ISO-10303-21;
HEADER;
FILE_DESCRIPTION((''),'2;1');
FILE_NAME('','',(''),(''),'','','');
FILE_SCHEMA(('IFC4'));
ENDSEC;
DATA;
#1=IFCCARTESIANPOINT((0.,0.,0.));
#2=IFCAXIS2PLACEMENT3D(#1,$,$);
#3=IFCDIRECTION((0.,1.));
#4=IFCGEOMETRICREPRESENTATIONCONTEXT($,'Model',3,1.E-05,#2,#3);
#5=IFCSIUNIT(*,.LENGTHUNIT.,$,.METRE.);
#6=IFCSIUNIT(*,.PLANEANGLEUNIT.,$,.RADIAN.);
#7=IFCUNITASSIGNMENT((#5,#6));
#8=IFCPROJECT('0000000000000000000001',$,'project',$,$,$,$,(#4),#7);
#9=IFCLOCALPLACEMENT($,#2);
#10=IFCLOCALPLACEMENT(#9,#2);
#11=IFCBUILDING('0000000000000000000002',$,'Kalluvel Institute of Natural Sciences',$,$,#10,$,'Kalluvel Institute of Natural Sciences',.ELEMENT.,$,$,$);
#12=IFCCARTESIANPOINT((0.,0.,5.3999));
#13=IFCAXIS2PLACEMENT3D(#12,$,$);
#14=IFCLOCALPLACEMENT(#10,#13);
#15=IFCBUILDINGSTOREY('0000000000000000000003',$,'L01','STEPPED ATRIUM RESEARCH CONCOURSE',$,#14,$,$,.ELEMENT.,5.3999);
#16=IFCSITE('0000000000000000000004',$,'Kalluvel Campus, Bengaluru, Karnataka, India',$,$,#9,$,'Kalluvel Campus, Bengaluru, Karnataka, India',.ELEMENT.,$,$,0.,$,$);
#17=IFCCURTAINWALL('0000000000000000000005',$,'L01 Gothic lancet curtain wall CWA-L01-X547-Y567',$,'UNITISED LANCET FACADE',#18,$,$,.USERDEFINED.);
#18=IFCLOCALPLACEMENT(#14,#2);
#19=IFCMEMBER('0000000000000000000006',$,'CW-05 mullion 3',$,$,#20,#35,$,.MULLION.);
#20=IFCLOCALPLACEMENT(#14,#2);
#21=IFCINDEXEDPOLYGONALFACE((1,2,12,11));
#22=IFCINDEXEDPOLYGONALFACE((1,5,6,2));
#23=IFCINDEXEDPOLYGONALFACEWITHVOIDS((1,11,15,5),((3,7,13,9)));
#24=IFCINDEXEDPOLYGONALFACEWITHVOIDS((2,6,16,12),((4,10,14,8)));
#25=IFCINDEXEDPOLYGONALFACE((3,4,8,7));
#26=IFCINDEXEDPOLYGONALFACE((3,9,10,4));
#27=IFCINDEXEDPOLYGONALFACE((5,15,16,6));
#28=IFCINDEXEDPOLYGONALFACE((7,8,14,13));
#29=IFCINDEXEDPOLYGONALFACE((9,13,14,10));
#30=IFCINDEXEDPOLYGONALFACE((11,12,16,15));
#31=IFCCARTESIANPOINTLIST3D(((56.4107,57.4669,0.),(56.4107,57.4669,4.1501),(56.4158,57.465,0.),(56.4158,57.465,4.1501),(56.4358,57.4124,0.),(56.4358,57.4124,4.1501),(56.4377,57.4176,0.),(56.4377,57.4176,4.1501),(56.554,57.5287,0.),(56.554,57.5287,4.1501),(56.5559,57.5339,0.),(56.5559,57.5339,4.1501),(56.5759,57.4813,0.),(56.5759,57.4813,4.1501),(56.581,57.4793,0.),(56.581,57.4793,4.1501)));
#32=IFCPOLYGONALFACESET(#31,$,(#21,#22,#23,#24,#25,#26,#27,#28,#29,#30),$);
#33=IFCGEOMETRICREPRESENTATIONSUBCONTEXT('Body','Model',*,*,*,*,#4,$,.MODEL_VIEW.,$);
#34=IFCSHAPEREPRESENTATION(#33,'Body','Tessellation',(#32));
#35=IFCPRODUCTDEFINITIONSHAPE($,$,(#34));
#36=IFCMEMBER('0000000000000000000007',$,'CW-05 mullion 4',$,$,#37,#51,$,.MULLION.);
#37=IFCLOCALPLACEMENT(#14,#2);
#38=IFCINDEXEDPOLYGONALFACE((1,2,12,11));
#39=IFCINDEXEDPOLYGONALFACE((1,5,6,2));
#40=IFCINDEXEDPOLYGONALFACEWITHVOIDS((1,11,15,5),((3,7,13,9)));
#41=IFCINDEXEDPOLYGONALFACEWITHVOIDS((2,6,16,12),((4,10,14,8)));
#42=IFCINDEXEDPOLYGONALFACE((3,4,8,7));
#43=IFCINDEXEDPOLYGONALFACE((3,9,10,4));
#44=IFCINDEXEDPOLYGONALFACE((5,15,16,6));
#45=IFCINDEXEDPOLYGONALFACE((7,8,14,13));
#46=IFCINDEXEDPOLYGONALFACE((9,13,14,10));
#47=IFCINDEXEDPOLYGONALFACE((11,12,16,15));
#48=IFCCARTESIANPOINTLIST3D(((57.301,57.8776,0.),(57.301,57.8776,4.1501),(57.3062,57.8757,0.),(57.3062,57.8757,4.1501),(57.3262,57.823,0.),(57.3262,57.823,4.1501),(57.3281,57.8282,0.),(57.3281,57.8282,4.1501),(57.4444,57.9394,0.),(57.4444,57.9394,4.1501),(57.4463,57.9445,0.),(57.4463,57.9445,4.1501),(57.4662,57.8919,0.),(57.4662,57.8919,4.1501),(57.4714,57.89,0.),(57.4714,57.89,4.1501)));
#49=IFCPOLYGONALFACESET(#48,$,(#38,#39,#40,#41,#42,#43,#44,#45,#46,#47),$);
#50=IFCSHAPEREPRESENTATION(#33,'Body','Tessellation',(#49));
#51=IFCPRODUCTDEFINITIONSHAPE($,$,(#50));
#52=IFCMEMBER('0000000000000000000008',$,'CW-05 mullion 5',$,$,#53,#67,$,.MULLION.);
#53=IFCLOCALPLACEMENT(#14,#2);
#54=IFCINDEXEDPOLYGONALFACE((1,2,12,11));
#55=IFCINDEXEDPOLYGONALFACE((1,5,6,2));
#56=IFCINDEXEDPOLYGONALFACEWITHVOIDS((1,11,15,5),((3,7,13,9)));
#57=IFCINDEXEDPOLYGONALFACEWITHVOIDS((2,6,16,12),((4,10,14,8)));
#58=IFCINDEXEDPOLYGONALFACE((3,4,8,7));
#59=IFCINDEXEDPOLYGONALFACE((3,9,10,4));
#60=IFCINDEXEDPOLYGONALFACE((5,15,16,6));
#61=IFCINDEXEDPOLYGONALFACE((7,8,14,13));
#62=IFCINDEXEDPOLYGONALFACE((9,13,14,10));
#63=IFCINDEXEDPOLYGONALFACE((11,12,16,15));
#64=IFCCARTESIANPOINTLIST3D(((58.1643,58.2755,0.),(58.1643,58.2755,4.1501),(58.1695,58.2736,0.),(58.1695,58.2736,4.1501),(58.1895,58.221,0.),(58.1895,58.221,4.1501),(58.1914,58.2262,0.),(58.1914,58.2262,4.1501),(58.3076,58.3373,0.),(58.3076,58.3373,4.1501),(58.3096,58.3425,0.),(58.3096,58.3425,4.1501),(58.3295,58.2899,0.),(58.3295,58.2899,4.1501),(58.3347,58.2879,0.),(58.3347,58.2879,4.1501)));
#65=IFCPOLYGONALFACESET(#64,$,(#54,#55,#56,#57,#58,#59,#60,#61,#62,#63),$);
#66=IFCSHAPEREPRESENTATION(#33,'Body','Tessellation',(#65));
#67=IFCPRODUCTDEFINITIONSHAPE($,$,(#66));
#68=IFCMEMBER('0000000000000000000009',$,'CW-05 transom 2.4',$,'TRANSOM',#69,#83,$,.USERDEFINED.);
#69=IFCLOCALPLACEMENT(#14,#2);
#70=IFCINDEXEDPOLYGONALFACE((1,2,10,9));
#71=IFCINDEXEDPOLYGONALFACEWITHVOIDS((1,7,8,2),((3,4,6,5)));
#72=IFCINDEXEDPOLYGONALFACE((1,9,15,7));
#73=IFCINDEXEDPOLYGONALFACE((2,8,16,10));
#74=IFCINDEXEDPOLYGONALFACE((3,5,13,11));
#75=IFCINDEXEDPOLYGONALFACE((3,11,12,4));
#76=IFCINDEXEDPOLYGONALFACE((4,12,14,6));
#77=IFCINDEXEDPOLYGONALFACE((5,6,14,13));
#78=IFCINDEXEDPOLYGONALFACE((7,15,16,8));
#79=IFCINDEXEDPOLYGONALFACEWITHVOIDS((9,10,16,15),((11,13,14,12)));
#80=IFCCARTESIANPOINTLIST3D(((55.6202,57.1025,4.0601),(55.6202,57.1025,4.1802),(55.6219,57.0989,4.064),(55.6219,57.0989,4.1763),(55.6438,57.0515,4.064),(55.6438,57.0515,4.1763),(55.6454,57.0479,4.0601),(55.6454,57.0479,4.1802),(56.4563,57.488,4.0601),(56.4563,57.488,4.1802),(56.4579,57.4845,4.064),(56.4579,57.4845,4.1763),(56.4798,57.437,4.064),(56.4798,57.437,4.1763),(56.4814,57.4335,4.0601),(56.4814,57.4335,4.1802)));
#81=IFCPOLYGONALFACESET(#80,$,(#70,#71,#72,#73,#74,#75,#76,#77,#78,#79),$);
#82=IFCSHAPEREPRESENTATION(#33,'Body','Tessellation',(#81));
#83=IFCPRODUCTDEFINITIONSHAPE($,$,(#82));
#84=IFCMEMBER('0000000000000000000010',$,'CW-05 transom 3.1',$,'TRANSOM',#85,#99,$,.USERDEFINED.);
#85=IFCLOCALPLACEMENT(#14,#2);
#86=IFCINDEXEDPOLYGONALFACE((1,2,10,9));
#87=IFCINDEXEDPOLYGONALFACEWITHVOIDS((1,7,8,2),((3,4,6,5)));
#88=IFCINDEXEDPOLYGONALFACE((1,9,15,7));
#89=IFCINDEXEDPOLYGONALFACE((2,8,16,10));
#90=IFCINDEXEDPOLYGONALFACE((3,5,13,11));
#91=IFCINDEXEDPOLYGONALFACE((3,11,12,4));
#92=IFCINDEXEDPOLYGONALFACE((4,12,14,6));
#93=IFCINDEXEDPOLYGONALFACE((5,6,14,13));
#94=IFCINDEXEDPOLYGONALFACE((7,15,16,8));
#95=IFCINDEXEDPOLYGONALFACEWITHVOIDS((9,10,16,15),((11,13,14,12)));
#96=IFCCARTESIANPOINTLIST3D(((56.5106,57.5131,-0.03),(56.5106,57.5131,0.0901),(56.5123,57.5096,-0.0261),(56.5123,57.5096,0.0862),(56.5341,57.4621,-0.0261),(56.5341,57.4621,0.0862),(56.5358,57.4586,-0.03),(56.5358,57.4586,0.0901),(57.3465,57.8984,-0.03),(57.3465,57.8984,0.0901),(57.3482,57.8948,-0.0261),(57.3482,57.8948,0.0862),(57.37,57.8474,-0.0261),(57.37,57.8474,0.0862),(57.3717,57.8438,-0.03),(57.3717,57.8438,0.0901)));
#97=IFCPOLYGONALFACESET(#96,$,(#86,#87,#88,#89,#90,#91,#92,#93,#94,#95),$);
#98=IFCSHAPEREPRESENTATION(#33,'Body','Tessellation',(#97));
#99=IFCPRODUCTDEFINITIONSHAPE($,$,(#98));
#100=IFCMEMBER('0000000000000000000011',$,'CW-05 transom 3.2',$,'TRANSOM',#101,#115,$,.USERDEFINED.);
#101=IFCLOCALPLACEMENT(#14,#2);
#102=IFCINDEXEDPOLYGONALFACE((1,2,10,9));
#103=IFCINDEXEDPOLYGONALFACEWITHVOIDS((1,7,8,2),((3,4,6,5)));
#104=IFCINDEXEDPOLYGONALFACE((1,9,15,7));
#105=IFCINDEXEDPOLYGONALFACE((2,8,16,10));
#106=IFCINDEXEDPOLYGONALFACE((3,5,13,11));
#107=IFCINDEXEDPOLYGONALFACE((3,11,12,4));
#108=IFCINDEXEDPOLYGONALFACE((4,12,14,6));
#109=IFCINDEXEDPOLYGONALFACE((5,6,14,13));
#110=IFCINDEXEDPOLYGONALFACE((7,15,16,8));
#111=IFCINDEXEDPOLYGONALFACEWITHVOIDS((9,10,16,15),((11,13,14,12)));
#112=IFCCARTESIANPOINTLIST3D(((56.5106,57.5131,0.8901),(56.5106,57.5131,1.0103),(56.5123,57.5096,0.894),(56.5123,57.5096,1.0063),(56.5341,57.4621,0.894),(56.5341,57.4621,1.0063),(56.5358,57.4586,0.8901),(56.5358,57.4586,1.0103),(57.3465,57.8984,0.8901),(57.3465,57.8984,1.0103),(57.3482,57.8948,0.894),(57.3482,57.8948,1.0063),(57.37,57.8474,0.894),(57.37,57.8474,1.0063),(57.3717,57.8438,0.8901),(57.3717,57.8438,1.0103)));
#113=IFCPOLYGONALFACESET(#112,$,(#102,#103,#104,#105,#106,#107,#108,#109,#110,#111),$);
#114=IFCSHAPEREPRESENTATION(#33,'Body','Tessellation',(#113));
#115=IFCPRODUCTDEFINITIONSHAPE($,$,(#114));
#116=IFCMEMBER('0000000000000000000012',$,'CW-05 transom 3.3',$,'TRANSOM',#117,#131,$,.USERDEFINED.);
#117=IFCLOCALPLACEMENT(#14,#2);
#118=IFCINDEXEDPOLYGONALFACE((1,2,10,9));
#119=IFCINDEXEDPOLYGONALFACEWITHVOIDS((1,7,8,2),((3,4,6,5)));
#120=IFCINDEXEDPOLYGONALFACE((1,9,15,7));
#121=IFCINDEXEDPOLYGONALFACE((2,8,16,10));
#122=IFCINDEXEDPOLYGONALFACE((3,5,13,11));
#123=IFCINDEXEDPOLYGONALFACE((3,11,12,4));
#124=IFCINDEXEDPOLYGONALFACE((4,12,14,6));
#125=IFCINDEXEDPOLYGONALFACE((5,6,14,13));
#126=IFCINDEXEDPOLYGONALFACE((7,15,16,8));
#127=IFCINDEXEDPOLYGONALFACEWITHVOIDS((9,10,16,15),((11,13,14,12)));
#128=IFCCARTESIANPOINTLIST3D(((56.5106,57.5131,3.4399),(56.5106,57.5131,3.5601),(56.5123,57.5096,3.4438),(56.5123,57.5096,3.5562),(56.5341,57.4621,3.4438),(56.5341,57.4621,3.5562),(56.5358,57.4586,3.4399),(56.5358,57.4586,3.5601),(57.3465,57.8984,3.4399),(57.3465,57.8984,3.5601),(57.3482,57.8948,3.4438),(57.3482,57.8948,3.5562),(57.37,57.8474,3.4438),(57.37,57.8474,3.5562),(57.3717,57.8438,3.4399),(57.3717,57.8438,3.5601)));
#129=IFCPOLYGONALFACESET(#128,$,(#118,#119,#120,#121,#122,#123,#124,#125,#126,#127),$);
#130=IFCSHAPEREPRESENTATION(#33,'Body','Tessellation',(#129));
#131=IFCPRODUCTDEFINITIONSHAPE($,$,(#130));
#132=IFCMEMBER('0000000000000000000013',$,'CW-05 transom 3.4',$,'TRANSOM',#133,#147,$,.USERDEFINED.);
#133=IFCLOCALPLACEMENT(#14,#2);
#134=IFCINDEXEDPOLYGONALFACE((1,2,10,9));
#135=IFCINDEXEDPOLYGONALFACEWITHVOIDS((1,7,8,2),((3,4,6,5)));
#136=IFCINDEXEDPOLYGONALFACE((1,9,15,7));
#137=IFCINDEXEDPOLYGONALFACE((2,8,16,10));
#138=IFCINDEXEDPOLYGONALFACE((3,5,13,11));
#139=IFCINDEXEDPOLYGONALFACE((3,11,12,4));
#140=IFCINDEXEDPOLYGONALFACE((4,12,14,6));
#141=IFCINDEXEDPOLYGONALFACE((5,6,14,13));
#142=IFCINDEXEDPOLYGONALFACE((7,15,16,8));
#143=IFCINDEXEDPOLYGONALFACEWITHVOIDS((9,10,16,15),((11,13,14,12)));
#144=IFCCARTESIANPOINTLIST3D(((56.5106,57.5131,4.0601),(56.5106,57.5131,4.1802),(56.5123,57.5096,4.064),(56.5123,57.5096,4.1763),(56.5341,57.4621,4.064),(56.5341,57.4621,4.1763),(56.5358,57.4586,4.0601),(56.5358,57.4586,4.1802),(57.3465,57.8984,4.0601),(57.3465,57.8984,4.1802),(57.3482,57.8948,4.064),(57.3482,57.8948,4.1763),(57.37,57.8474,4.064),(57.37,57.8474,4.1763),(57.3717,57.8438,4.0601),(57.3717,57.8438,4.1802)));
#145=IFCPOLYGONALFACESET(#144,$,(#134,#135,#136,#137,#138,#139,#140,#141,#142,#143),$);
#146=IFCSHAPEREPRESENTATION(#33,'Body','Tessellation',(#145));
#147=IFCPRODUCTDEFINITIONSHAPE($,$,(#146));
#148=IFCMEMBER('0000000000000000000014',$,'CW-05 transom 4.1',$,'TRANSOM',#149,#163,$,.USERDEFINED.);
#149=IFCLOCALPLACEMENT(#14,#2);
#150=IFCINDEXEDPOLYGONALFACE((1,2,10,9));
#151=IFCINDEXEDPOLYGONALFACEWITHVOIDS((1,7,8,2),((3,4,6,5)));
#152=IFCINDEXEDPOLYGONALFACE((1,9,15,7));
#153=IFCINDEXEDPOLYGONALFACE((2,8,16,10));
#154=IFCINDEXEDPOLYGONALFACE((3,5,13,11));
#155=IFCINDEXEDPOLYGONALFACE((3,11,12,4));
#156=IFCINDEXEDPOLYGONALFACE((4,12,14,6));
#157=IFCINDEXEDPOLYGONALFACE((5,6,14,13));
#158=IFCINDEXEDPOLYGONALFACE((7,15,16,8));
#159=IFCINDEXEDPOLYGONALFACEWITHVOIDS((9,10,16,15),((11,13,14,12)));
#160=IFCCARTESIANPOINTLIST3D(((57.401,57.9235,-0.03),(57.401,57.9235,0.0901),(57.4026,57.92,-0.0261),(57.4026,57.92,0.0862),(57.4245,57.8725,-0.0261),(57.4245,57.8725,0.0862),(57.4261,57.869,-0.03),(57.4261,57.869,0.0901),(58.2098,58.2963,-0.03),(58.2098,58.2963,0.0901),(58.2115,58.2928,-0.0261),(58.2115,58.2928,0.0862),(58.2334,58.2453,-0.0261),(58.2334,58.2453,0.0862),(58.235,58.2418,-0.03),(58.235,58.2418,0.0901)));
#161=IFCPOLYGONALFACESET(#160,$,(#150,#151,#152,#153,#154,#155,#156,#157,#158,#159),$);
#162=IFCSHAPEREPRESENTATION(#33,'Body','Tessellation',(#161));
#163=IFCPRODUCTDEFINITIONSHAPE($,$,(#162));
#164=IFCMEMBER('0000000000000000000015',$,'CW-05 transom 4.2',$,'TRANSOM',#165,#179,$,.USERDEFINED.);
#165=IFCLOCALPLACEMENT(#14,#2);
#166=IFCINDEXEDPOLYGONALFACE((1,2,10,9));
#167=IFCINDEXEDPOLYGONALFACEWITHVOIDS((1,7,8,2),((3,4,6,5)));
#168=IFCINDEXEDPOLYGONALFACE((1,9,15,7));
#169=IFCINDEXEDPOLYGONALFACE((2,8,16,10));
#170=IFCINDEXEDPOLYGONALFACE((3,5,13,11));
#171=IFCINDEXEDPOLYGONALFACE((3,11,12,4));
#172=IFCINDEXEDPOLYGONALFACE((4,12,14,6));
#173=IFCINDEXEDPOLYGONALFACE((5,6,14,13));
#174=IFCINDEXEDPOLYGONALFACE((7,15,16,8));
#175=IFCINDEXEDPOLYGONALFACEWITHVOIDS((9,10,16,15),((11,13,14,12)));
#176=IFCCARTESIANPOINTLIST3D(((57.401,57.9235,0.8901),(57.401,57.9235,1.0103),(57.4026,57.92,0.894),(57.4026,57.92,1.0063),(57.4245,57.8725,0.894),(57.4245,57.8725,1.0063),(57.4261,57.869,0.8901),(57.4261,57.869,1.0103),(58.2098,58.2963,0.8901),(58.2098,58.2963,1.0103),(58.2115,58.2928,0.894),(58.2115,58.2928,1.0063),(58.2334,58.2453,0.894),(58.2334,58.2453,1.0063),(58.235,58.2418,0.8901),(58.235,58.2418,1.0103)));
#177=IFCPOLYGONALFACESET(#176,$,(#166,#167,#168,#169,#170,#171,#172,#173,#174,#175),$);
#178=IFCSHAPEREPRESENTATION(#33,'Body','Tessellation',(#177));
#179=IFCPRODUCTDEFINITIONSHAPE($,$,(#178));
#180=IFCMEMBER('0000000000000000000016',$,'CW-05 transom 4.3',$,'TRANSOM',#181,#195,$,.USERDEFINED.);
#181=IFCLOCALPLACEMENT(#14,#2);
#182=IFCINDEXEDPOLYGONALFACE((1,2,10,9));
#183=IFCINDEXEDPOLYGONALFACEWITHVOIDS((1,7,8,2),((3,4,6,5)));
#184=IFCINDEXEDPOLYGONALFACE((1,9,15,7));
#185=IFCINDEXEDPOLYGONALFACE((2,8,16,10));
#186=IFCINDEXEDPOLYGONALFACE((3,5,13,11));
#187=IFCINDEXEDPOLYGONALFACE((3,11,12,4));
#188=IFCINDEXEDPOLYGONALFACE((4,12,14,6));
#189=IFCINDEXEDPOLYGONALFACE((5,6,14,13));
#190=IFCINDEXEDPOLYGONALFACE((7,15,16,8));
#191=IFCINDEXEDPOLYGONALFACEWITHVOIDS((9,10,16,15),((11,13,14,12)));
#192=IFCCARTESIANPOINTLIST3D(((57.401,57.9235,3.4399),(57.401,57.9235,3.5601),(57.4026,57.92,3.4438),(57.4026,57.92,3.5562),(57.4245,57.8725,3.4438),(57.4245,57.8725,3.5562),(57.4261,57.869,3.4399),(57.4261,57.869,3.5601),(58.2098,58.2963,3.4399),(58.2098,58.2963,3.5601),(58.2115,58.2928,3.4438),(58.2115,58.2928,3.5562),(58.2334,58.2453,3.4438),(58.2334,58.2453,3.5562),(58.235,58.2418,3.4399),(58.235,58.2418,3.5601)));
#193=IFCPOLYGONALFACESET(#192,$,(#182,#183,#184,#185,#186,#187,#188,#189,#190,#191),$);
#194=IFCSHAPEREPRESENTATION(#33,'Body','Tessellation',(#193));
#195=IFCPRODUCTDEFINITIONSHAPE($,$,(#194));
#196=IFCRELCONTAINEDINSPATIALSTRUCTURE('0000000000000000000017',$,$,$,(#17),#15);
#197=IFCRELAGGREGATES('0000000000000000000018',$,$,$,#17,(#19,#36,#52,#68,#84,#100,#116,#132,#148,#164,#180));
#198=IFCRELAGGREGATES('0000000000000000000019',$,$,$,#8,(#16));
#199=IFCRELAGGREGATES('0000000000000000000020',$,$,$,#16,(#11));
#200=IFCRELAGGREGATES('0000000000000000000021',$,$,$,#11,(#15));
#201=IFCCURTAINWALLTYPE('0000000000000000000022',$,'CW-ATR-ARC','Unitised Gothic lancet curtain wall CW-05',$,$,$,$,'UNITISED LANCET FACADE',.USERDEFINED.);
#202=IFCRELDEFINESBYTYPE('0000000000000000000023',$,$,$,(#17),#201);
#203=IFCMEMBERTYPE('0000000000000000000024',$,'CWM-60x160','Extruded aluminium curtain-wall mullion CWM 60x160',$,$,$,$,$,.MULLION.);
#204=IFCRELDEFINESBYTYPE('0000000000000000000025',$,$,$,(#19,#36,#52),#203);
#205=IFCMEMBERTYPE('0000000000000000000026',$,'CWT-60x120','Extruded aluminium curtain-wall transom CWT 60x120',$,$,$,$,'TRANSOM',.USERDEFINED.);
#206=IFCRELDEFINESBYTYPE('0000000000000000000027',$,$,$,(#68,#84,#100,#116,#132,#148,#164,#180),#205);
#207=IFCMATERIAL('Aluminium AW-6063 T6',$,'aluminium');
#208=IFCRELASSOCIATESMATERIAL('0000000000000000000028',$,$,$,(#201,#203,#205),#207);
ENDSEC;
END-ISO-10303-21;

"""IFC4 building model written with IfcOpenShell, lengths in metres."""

from ifc_helpers import new_model, si_unit, direction, frame, origin, origin_2d, place, context, subcontext, project, spatial, hollow_rectangle, extrude, material, material_profile, profile_set, type_object, element, aggregate, save


model = new_model("IFC4")

# Units and contexts
model_context = context("Model", 3, precision=1e-05, world=origin(), true_north=direction((0.0, 1.0)))
body_context = subcontext(model_context, "Body", "Model", "MODEL_VIEW")
ifc_project = project(units=[si_unit("LENGTHUNIT", "METRE"), si_unit("PLANEANGLEUNIT", "RADIAN")], contexts=[model_context])

# Site, building, storey
site_placement = place(None, origin())
site = spatial("IfcSite", under=ifc_project, at=site_placement, Name="Kalluvel Campus, Bengaluru, Karnataka, India", LongName="Kalluvel Campus, Bengaluru, Karnataka, India", CompositionType="ELEMENT", RefElevation=0.0)
building_placement = place(site_placement, origin())
building = spatial("IfcBuilding", under=site, at=building_placement, Name="Kalluvel Institute of Natural Sciences", LongName="Kalluvel Institute of Natural Sciences", CompositionType="ELEMENT")
storey_placement = place(building_placement, frame((0.0, 0.0, 5.3999)))
storey = spatial("IfcBuildingStorey", under=building, at=storey_placement, Name="L01", Description="STEPPED ATRIUM RESEARCH CONCOURSE", CompositionType="ELEMENT", Elevation=5.3999)

# Curtain wall, members
ifc_material_1 = material(Name="Aluminium AW-6063 T6", Category="aluminium")
curtain_wall_type = type_object("IfcCurtainWallType", Name="CW-ATR-ARC", Description="Unitised Gothic lancet curtain wall CW-05", ElementType="UNITISED LANCET FACADE", PredefinedType="USERDEFINED", material=ifc_material_1)
curtain_wall_placement = place(storey_placement, origin())
curtain_wall = element("IfcCurtainWall", 1, at=curtain_wall_placement, inside=storey, type_object=curtain_wall_type, Name="L01 Gothic lancet curtain wall CWA-L01-X547-Y567", ObjectType="UNITISED LANCET FACADE", PredefinedType="USERDEFINED")
ifc_material_profile_1 = material_profile(ifc_material_1, hollow_rectangle(XDim=0.0601, YDim=0.1599, WallThickness=0.0039, at=origin_2d()), Name="CWM 60x160")
ifc_profile_set_1 = profile_set([ifc_material_profile_1], Name="Aluminium AW-6063 T6")
member_type_1 = type_object("IfcMemberType", Name="CWM-60x160", Description="Extruded aluminium curtain-wall mullion CWM 60x160", PredefinedType="MULLION", material=ifc_profile_set_1)
member_1_placement = place(storey_placement, frame((56.4958, 57.4731, 0.0), z_axis=(0.0, 0.0, 1.0), x_axis=(-0.418657, 0.908144, 0.0)))
member_1 = element("IfcMember", 2, at=member_1_placement, type_object=member_type_1, Name="CW-05 mullion 3", PredefinedType="MULLION", context=body_context, shape_type="SweptSolid", body=[
    extrude(hollow_rectangle(XDim=0.0601, YDim=0.1599, WallThickness=0.0039, at=origin_2d()), origin(), (0.0, 0.0, 1.0), 4.1501),
])
member_2_placement = place(storey_placement, frame((57.3862, 57.8838, 0.0), z_axis=(0.0, 0.0, 1.0), x_axis=(-0.418657, 0.908144, 0.0)))
member_2 = element("IfcMember", 3, at=member_2_placement, type_object=member_type_1, Name="CW-05 mullion 4", PredefinedType="MULLION", context=body_context, shape_type="SweptSolid", body=[
    extrude(hollow_rectangle(XDim=0.0601, YDim=0.1599, WallThickness=0.0039, at=origin_2d()), origin(), (0.0, 0.0, 1.0), 4.1501),
])
member_3_placement = place(storey_placement, frame((58.2495, 58.2817, 0.0), z_axis=(0.0, 0.0, 1.0), x_axis=(-0.418657, 0.908144, 0.0)))
member_3 = element("IfcMember", 4, at=member_3_placement, type_object=member_type_1, Name="CW-05 mullion 5", PredefinedType="MULLION", context=body_context, shape_type="SweptSolid", body=[
    extrude(hollow_rectangle(XDim=0.0601, YDim=0.1599, WallThickness=0.0039, at=origin_2d()), origin(), (0.0, 0.0, 1.0), 4.1501),
])
ifc_material_profile_2 = material_profile(ifc_material_1, hollow_rectangle(XDim=0.0601, YDim=0.1201, WallThickness=0.0039, at=origin_2d()), Name="CWT 60x120")
ifc_profile_set_2 = profile_set([ifc_material_profile_2], Name="Aluminium AW-6063 T6")
member_type_2 = type_object("IfcMemberType", Name="CWT-60x120", Description="Extruded aluminium curtain-wall transom CWT 60x120", ElementType="TRANSOM", PredefinedType="USERDEFINED", material=ifc_profile_set_2)
member_4_placement = place(storey_placement, frame((55.6328, 57.0752, 4.1201), z_axis=(0.908091, 0.418772, 0.0), x_axis=(-0.418772, 0.908091, 0.0)))
member_4 = element("IfcMember", 5, at=member_4_placement, type_object=member_type_2, Name="CW-05 transom 2.4", ObjectType="TRANSOM", PredefinedType="USERDEFINED", context=body_context, shape_type="SweptSolid", body=[
    extrude(hollow_rectangle(XDim=0.0601, YDim=0.1201, WallThickness=0.0039, at=origin_2d()), origin(), (0.0, 0.0, 1.0), 0.9207),
])
member_5_placement = place(storey_placement, frame((56.5232, 57.4858, 0.03), z_axis=(0.908192, 0.418554, 0.0), x_axis=(-0.418554, 0.908192, 0.0)))
member_5 = element("IfcMember", 6, at=member_5_placement, type_object=member_type_2, Name="CW-05 transom 3.1", ObjectType="TRANSOM", PredefinedType="USERDEFINED", context=body_context, shape_type="SweptSolid", body=[
    extrude(hollow_rectangle(XDim=0.0601, YDim=0.1201, WallThickness=0.0039, at=origin_2d()), origin(), (0.0, 0.0, 1.0), 0.9204),
])
member_6_placement = place(storey_placement, frame((56.5232, 57.4858, 0.9502), z_axis=(0.908192, 0.418554, 0.0), x_axis=(-0.418554, 0.908192, 0.0)))
member_6 = element("IfcMember", 7, at=member_6_placement, type_object=member_type_2, Name="CW-05 transom 3.2", ObjectType="TRANSOM", PredefinedType="USERDEFINED", context=body_context, shape_type="SweptSolid", body=[
    extrude(hollow_rectangle(XDim=0.0601, YDim=0.1201, WallThickness=0.0039, at=origin_2d()), origin(), (0.0, 0.0, 1.0), 0.9204),
])
member_7_placement = place(storey_placement, frame((56.5232, 57.4858, 3.5), z_axis=(0.908192, 0.418554, 0.0), x_axis=(-0.418554, 0.908192, 0.0)))
member_7 = element("IfcMember", 8, at=member_7_placement, type_object=member_type_2, Name="CW-05 transom 3.3", ObjectType="TRANSOM", PredefinedType="USERDEFINED", context=body_context, shape_type="SweptSolid", body=[
    extrude(hollow_rectangle(XDim=0.0601, YDim=0.1201, WallThickness=0.0039, at=origin_2d()), origin(), (0.0, 0.0, 1.0), 0.9204),
])
member_8_placement = place(storey_placement, frame((56.5232, 57.4858, 4.1201), z_axis=(0.908192, 0.418554, 0.0), x_axis=(-0.418554, 0.908192, 0.0)))
member_8 = element("IfcMember", 9, at=member_8_placement, type_object=member_type_2, Name="CW-05 transom 3.4", ObjectType="TRANSOM", PredefinedType="USERDEFINED", context=body_context, shape_type="SweptSolid", body=[
    extrude(hollow_rectangle(XDim=0.0601, YDim=0.1201, WallThickness=0.0039, at=origin_2d()), origin(), (0.0, 0.0, 1.0), 0.9204),
])
member_9_placement = place(storey_placement, frame((57.4136, 57.8962, 0.03), z_axis=(0.908176, 0.418589, 0.0), x_axis=(-0.418589, 0.908176, 0.0)))
member_9 = element("IfcMember", 10, at=member_9_placement, type_object=member_type_2, Name="CW-05 transom 4.1", ObjectType="TRANSOM", PredefinedType="USERDEFINED", context=body_context, shape_type="SweptSolid", body=[
    extrude(hollow_rectangle(XDim=0.0601, YDim=0.1201, WallThickness=0.0039, at=origin_2d()), origin(), (0.0, 0.0, 1.0), 0.8906),
])
member_10_placement = place(storey_placement, frame((57.4136, 57.8962, 0.9502), z_axis=(0.908176, 0.418589, 0.0), x_axis=(-0.418589, 0.908176, 0.0)))
member_10 = element("IfcMember", 11, at=member_10_placement, type_object=member_type_2, Name="CW-05 transom 4.2", ObjectType="TRANSOM", PredefinedType="USERDEFINED", context=body_context, shape_type="SweptSolid", body=[
    extrude(hollow_rectangle(XDim=0.0601, YDim=0.1201, WallThickness=0.0039, at=origin_2d()), origin(), (0.0, 0.0, 1.0), 0.8906),
])
member_11_placement = place(storey_placement, frame((57.4136, 57.8962, 3.5), z_axis=(0.908176, 0.418589, 0.0), x_axis=(-0.418589, 0.908176, 0.0)))
member_11 = element("IfcMember", 12, at=member_11_placement, type_object=member_type_2, Name="CW-05 transom 4.3", ObjectType="TRANSOM", PredefinedType="USERDEFINED", context=body_context, shape_type="SweptSolid", body=[
    extrude(hollow_rectangle(XDim=0.0601, YDim=0.1201, WallThickness=0.0039, at=origin_2d()), origin(), (0.0, 0.0, 1.0), 0.8906),
])
aggregate(curtain_wall, [member_1, member_2, member_3, member_4, member_5, member_6, member_7, member_8, member_9, member_10, member_11])

save(model, "model.ifc")
